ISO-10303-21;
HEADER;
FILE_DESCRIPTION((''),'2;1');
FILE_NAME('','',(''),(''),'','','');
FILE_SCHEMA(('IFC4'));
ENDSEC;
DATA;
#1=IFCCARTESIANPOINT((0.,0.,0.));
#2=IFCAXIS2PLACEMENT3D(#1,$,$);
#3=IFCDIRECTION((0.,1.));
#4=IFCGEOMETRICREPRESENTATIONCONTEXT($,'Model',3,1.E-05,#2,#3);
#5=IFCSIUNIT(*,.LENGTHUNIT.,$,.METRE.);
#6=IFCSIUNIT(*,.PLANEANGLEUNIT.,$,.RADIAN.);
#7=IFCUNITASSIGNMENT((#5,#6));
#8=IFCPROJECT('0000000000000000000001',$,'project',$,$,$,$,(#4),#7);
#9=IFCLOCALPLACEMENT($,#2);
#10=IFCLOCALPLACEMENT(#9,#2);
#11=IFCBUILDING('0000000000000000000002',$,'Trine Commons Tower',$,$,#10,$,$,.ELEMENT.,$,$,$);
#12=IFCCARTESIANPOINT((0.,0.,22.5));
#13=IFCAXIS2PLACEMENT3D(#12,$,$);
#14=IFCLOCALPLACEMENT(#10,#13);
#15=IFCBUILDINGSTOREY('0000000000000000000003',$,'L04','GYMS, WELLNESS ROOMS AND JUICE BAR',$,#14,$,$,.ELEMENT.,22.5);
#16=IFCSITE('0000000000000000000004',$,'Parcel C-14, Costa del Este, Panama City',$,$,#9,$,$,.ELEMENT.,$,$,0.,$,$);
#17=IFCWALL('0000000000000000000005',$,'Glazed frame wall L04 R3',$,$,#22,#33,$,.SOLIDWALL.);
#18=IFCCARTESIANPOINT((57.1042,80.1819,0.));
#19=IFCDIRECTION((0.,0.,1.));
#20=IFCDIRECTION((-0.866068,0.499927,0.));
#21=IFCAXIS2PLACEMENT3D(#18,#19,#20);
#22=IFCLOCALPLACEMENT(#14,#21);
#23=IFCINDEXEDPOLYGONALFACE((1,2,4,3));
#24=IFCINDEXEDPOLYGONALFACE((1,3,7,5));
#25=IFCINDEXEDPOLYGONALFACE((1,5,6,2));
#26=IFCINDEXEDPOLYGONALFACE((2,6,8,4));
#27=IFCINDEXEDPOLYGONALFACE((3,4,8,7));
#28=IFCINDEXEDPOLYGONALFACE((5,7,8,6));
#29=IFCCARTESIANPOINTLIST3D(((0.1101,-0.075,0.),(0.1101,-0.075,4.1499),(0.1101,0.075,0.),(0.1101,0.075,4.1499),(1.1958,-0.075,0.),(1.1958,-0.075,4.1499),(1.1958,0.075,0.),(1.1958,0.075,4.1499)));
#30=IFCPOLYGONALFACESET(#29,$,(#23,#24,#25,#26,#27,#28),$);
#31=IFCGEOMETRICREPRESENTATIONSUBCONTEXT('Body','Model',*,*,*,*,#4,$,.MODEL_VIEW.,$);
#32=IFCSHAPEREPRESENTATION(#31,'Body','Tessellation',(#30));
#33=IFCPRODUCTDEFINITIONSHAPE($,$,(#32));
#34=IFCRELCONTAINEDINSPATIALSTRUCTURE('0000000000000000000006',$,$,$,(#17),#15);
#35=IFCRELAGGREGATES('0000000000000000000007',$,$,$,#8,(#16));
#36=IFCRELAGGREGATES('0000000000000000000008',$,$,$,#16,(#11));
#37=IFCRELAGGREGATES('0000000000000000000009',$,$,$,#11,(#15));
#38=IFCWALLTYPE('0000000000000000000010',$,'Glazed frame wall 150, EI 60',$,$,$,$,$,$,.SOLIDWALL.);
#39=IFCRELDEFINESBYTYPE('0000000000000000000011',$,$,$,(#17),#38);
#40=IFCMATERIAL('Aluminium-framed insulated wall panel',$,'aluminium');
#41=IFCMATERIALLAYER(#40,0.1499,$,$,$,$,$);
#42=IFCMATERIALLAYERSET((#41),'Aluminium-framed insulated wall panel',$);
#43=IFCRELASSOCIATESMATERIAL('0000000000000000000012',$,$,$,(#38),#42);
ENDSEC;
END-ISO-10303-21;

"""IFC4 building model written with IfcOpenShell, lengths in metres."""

from ifc_helpers import new_model, si_unit, direction, frame, origin, place, context, subcontext, project, spatial, polyline, outline, extrude, material, layer, layer_set, type_object, element, save


model = new_model("IFC4")

# Units and contexts
model_context = context("Model", 3, precision=1e-05, world=origin(), true_north=direction((0.0, 1.0)))
body_context = subcontext(model_context, "Body", "Model", "MODEL_VIEW")
ifc_project = project(units=[si_unit("LENGTHUNIT", "METRE"), si_unit("PLANEANGLEUNIT", "RADIAN")], contexts=[model_context])

# Site, building, storey
site_placement = place(None, origin())
site = spatial("IfcSite", under=ifc_project, at=site_placement, Name="Parcel C-14, Costa del Este, Panama City", CompositionType="ELEMENT", RefElevation=0.0)
building_placement = place(site_placement, origin())
building = spatial("IfcBuilding", under=site, at=building_placement, Name="Trine Commons Tower", CompositionType="ELEMENT")
storey_placement = place(building_placement, frame((0.0, 0.0, 22.5)))
storey = spatial("IfcBuildingStorey", under=building, at=storey_placement, Name="L04", Description="GYMS, WELLNESS ROOMS AND JUICE BAR", CompositionType="ELEMENT", Elevation=22.5)

# Wall
ifc_material_1 = material(Name="Aluminium-framed insulated wall panel", Category="aluminium")
ifc_layer_1 = layer(ifc_material_1, 0.1499)
ifc_layer_set_1 = layer_set([ifc_layer_1], Name="Aluminium-framed insulated wall panel")
wall_type_1 = type_object("IfcWallType", Name="Glazed frame wall 150, EI 60", PredefinedType="SOLIDWALL", material=ifc_layer_set_1)
wall_1_placement = place(storey_placement, frame((57.1042, 80.1819, 0.0), z_axis=(0.0, 0.0, 1.0), x_axis=(-0.866068, 0.499927, 0.0)))
element("IfcWall", 1, at=wall_1_placement, inside=storey, type_object=wall_type_1, Name="Glazed frame wall L04 R3", PredefinedType="SOLIDWALL", context=body_context, shape_type="SweptSolid", body=[
    extrude(outline(polyline([(0.1101, 0.075), (0.1101, -0.075), (1.1958, -0.075), (1.1958, 0.075), (0.1101, 0.075)])), origin(), (0.0, 0.0, 1.0), 4.1499),
])

save(model, "model.ifc")
